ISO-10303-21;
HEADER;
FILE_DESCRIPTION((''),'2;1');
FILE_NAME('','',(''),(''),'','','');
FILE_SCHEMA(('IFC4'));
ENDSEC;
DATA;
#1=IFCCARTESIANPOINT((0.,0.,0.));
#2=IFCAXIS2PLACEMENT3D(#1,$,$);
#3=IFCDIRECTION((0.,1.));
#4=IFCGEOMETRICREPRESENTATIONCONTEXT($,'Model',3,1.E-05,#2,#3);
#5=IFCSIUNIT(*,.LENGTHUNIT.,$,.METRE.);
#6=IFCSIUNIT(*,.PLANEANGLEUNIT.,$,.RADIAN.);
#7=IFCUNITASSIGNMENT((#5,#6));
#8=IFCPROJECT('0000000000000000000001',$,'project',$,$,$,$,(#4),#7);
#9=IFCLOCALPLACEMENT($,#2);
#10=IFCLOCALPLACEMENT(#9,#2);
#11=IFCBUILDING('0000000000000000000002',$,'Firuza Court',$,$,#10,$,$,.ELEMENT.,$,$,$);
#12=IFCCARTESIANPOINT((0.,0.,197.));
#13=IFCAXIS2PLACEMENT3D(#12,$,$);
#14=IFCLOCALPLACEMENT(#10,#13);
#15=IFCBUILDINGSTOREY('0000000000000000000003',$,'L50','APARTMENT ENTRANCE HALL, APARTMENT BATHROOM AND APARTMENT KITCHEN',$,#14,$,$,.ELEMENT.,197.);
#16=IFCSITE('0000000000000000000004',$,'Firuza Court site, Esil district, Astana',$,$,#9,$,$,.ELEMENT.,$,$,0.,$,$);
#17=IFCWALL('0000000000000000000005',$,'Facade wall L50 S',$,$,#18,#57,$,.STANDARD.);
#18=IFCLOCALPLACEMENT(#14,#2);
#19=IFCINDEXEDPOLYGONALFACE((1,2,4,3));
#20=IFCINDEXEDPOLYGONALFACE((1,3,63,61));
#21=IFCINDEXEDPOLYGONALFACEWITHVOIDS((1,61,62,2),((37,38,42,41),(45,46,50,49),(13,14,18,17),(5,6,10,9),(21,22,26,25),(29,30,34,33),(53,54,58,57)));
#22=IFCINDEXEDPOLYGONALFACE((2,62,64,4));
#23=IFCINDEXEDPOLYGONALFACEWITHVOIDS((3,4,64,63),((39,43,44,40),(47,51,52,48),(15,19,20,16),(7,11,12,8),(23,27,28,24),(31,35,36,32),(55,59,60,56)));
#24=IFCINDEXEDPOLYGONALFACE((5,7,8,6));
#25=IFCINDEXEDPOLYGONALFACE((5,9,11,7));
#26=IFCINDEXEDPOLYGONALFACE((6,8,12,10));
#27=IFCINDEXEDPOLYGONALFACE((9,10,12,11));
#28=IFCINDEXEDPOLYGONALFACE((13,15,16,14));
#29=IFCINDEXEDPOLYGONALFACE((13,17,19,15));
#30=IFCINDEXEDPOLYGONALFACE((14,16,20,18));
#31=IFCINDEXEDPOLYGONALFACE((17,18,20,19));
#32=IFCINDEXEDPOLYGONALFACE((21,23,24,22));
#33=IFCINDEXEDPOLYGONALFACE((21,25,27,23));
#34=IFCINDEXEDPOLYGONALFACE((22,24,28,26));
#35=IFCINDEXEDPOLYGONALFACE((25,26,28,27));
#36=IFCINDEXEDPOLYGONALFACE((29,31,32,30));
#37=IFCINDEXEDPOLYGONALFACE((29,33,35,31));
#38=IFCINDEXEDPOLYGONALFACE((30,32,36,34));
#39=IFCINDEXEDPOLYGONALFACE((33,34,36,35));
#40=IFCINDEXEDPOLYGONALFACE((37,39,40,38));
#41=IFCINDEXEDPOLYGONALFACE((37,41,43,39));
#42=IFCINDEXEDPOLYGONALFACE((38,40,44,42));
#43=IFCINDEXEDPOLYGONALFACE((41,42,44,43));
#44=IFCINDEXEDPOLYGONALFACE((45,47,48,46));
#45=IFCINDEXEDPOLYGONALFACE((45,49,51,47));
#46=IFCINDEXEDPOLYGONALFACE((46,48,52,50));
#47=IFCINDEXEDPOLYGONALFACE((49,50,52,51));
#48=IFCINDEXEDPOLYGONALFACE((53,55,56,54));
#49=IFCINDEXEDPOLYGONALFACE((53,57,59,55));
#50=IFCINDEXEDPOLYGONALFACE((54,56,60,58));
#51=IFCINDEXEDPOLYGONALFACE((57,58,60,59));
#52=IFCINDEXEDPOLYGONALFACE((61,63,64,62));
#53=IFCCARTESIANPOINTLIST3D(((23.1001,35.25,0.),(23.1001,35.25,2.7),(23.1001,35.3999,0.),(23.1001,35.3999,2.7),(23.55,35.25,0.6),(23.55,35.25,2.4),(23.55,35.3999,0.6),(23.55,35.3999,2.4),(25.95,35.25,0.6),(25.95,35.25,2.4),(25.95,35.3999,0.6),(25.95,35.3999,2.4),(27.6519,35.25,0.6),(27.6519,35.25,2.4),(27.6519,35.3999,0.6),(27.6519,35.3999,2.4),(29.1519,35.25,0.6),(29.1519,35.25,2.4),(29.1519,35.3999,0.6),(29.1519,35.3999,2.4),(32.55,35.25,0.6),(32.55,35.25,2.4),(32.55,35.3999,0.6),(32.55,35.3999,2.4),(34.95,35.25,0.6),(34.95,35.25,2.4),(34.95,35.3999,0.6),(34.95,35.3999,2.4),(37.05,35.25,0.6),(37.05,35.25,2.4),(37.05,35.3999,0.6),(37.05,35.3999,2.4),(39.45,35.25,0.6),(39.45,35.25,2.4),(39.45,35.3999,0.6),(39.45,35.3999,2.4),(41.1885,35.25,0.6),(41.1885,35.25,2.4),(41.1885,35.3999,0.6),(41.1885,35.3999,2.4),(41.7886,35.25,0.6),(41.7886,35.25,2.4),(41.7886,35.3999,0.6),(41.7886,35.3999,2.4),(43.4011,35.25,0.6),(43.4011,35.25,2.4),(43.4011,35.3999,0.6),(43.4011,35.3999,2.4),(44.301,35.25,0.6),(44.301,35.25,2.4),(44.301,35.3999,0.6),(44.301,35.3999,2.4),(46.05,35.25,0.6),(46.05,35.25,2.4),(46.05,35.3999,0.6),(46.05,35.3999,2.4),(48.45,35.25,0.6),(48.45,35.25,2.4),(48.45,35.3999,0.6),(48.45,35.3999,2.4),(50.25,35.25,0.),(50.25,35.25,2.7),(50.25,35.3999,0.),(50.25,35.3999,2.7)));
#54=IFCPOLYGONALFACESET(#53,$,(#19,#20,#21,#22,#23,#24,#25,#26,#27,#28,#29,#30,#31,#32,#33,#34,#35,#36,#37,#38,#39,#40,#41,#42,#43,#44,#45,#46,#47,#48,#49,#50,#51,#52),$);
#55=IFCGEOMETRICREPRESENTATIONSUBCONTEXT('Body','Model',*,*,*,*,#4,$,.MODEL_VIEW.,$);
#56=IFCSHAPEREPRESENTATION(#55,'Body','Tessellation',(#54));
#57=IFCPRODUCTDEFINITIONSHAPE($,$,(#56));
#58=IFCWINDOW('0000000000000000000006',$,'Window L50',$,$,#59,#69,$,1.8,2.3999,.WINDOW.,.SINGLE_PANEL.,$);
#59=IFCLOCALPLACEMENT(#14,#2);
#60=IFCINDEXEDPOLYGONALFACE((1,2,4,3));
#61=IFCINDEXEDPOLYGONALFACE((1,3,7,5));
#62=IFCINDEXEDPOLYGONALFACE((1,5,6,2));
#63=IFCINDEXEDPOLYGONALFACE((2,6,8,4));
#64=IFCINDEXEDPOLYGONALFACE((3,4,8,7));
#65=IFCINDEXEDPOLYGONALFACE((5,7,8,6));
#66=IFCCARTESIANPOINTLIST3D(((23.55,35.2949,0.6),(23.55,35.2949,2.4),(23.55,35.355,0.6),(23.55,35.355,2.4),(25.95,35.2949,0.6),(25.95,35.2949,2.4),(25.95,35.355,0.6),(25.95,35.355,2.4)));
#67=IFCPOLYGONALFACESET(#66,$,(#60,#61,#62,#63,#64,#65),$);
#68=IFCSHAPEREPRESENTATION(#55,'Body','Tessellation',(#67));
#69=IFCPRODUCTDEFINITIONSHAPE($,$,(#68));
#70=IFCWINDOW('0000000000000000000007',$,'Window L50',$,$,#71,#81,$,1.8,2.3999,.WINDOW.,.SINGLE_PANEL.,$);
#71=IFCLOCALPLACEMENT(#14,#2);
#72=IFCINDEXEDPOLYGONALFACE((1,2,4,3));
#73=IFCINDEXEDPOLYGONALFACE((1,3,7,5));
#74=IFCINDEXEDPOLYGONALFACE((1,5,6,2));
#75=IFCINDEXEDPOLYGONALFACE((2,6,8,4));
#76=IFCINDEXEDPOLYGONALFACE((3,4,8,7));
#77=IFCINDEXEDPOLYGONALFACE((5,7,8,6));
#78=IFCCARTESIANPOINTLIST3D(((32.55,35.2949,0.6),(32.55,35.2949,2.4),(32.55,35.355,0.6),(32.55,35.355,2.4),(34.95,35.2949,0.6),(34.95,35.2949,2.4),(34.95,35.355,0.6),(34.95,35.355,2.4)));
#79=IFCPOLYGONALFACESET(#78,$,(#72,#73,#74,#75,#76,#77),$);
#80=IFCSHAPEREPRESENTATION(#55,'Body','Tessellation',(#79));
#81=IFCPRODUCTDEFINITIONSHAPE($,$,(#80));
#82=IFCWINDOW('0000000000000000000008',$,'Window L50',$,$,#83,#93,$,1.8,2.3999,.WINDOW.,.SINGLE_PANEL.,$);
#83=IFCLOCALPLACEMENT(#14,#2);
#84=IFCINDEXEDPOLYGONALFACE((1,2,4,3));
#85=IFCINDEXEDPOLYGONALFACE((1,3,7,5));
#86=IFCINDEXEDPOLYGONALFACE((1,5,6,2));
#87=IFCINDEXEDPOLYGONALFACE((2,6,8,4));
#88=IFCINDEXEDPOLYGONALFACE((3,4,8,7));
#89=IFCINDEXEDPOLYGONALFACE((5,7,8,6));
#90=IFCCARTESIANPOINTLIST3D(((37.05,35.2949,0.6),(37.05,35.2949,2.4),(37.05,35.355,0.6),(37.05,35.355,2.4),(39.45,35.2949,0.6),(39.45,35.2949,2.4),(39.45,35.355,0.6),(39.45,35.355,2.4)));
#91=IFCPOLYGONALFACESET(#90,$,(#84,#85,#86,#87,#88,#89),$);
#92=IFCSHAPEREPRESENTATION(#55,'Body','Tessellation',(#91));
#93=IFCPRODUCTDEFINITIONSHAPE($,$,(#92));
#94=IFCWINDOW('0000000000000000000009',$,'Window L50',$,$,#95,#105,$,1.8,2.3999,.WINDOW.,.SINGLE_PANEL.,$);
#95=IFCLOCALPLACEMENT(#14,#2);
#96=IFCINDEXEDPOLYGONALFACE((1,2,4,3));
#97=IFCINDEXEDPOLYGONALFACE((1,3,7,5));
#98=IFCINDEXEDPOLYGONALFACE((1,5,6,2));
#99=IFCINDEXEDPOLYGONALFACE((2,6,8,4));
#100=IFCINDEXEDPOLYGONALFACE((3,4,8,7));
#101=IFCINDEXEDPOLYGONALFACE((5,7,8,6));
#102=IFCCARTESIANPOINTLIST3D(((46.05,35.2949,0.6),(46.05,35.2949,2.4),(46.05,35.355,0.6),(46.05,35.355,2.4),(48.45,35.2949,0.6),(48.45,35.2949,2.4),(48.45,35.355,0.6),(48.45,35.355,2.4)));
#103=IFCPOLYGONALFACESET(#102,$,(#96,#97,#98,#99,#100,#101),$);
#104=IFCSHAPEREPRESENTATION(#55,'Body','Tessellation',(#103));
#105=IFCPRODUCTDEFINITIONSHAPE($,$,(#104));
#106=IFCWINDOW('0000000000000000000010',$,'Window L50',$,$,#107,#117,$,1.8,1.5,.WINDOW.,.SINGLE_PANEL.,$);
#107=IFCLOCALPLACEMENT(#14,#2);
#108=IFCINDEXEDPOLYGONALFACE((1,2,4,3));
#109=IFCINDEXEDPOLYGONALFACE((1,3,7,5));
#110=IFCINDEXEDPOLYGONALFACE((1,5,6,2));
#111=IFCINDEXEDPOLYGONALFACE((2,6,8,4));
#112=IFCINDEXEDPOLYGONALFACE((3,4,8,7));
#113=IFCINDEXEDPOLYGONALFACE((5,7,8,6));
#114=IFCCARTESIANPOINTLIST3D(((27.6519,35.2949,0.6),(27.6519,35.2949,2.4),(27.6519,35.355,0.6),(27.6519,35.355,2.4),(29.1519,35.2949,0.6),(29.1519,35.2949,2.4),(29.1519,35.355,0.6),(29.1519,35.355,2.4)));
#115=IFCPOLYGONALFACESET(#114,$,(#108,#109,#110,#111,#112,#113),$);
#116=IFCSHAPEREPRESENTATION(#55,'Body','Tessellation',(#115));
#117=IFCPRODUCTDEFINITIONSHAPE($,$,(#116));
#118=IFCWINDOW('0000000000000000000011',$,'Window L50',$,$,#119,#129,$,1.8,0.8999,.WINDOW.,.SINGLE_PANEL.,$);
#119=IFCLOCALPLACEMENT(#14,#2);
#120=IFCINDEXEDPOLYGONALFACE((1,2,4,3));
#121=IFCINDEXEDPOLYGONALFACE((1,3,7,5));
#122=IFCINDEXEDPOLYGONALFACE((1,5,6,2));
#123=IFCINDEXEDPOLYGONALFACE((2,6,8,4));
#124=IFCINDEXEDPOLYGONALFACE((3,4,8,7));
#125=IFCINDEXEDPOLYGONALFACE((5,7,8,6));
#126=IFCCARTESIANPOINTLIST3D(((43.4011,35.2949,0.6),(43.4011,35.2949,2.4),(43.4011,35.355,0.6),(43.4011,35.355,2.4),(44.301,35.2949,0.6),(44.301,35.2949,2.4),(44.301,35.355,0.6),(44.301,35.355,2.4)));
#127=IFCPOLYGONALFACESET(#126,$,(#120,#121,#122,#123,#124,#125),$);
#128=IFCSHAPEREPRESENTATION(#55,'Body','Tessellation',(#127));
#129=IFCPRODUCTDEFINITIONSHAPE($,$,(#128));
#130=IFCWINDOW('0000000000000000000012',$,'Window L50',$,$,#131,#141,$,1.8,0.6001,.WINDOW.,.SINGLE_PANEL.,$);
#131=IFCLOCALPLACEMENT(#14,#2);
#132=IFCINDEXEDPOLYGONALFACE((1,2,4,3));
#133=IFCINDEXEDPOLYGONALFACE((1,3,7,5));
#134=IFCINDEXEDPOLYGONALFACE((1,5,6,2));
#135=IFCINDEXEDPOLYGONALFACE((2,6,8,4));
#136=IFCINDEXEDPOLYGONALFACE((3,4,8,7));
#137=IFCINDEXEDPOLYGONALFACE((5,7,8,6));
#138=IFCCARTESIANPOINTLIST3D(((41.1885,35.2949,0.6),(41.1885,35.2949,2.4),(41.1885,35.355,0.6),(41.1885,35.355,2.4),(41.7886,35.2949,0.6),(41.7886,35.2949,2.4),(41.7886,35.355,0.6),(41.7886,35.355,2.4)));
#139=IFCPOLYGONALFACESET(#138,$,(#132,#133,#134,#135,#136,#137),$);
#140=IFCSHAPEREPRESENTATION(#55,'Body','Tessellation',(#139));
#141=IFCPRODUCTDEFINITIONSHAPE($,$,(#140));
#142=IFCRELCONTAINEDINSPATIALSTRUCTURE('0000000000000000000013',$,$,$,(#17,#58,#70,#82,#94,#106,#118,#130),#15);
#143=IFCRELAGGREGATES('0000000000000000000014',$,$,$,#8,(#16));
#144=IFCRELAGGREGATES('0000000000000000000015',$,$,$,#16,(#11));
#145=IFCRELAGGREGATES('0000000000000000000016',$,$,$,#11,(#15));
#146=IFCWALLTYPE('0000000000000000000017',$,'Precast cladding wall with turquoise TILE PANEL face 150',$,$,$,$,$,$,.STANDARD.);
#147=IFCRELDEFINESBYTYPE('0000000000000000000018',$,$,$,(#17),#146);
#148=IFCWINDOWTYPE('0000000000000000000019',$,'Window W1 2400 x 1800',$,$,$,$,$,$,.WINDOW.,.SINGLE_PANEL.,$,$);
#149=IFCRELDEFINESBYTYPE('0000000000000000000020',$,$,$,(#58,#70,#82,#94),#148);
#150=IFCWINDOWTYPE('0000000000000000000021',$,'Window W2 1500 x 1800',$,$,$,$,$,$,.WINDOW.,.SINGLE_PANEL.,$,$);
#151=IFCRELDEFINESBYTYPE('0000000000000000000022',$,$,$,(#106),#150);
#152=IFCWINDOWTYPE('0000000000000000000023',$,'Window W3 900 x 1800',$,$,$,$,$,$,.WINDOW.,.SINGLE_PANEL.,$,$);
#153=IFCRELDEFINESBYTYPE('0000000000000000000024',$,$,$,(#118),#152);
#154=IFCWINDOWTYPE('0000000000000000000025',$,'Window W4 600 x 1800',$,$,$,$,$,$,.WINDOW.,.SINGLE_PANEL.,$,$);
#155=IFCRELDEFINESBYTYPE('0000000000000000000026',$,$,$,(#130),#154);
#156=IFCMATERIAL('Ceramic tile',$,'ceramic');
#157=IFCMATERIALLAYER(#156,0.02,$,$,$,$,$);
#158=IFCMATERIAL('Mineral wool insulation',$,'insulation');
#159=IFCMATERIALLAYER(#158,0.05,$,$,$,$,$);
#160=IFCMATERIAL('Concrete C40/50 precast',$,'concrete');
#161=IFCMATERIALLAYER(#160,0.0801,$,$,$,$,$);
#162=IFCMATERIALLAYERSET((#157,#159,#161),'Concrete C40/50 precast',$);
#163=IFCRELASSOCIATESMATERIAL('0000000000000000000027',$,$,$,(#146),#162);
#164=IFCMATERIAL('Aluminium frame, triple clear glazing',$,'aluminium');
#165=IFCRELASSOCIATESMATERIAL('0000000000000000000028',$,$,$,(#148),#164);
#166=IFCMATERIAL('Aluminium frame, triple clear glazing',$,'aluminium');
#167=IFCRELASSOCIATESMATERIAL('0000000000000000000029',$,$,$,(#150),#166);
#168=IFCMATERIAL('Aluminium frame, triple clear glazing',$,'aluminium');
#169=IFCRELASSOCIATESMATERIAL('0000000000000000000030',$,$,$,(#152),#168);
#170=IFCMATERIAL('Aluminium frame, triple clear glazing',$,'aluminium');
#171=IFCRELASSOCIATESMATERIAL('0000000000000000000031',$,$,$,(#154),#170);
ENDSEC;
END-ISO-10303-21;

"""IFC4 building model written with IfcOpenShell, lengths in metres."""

from ifc_helpers import new_model, si_unit, direction, frame, frame_2d, origin, place, context, subcontext, project, spatial, rectangle, extrude, material, layer, layer_set, type_object, element, fill, save


model = new_model("IFC4")

# Units and contexts
model_context = context("Model", 3, precision=1e-05, world=origin(), true_north=direction((0.0, 1.0)))
body_context = subcontext(model_context, "Body", "Model", "MODEL_VIEW")
ifc_project = project(units=[si_unit("LENGTHUNIT", "METRE"), si_unit("PLANEANGLEUNIT", "RADIAN")], contexts=[model_context])

# Site, building, storey
site_placement = place(None, origin())
site = spatial("IfcSite", under=ifc_project, at=site_placement, Name="Firuza Court site, Esil district, Astana", CompositionType="ELEMENT", RefElevation=0.0)
building_placement = place(site_placement, origin())
building = spatial("IfcBuilding", under=site, at=building_placement, Name="Firuza Court", CompositionType="ELEMENT")
storey_placement = place(building_placement, frame((0.0, 0.0, 197.0)))
storey = spatial("IfcBuildingStorey", under=building, at=storey_placement, Name="L50", Description="APARTMENT ENTRANCE HALL, APARTMENT BATHROOM AND APARTMENT KITCHEN", CompositionType="ELEMENT", Elevation=197.0)

# Wall, openings, windows
ifc_material_1 = material(Name="Ceramic tile", Category="ceramic")
ifc_layer_1 = layer(ifc_material_1, 0.02)
ifc_material_2 = material(Name="Mineral wool insulation", Category="insulation")
ifc_layer_2 = layer(ifc_material_2, 0.05)
ifc_material_3 = material(Name="Concrete C40/50 precast", Category="concrete")
ifc_layer_3 = layer(ifc_material_3, 0.0801)
ifc_layer_set_1 = layer_set([ifc_layer_1, ifc_layer_2, ifc_layer_3], Name="Concrete C40/50 precast")
wall_type_1 = type_object("IfcWallType", Name="Precast cladding wall with turquoise TILE PANEL face 150", PredefinedType="STANDARD", material=ifc_layer_set_1)
ifc_material_4 = material(Name="Aluminium frame, triple clear glazing", Category="aluminium")
window_type_1 = type_object("IfcWindowType", Name="Window W1 2400 x 1800", PartitioningType="SINGLE_PANEL", PredefinedType="WINDOW", material=ifc_material_4)
wall_1_placement = place(storey_placement, frame((23.1001, 35.325, 0.0), z_axis=(0.0, 0.0, 1.0), x_axis=(1.0, 0.0, 0.0)))
wall_1 = element("IfcWall", 1, at=wall_1_placement, inside=storey, type_object=wall_type_1, Name="Facade wall L50 S", PredefinedType="STANDARD", context=body_context, shape_type="SweptSolid", body=[
    extrude(rectangle(XDim=27.1499, YDim=0.1499, at=frame_2d((13.575, 0.0))), origin(), (0.0, 0.0, 1.0), 2.7),
])
opening_1_placement = place(wall_1_placement, frame((0.45, 0.0, 0.6001)))
opening_1 = element("IfcOpeningElement", 2, at=opening_1_placement, cuts=wall_1, PredefinedType="OPENING", context=body_context, shape_type="SweptSolid", body=[
    extrude(rectangle(XDim=2.3999, YDim=1.8, at=frame_2d((1.2, 0.8999))), frame((0.0, 0.0869, 0.0), z_axis=(0.0, -1.0, 0.0), x_axis=(1.0, 0.0, 0.0)), (0.0, 0.0, 1.0), 0.1738),
])
opening_2_placement = place(wall_1_placement, frame((4.5518, 0.0, 0.6001)))
opening_2 = element("IfcOpeningElement", 3, at=opening_2_placement, cuts=wall_1, PredefinedType="OPENING", context=body_context, shape_type="SweptSolid", body=[
    extrude(rectangle(XDim=1.5, YDim=1.8, at=frame_2d((0.75, 0.8999))), frame((0.0, 0.0869, 0.0), z_axis=(0.0, -1.0, 0.0), x_axis=(1.0, 0.0, 0.0)), (0.0, 0.0, 1.0), 0.1738),
])
opening_3_placement = place(wall_1_placement, frame((9.45, 0.0, 0.6001)))
opening_3 = element("IfcOpeningElement", 4, at=opening_3_placement, cuts=wall_1, PredefinedType="OPENING", context=body_context, shape_type="SweptSolid", body=[
    extrude(rectangle(XDim=2.3999, YDim=1.8, at=frame_2d((1.2, 0.8999))), frame((0.0, 0.0869, 0.0), z_axis=(0.0, -1.0, 0.0), x_axis=(1.0, 0.0, 0.0)), (0.0, 0.0, 1.0), 0.1738),
])
opening_4_placement = place(wall_1_placement, frame((13.95, 0.0, 0.6001)))
opening_4 = element("IfcOpeningElement", 5, at=opening_4_placement, cuts=wall_1, PredefinedType="OPENING", context=body_context, shape_type="SweptSolid", body=[
    extrude(rectangle(XDim=2.3999, YDim=1.8, at=frame_2d((1.2, 0.8999))), frame((0.0, 0.0869, 0.0), z_axis=(0.0, -1.0, 0.0), x_axis=(1.0, 0.0, 0.0)), (0.0, 0.0, 1.0), 0.1738),
])
opening_5_placement = place(wall_1_placement, frame((18.0884, 0.0, 0.6001)))
opening_5 = element("IfcOpeningElement", 6, at=opening_5_placement, cuts=wall_1, PredefinedType="OPENING", context=body_context, shape_type="SweptSolid", body=[
    extrude(rectangle(XDim=0.6001, YDim=1.8, at=frame_2d((0.3, 0.8999))), frame((0.0, 0.0869, 0.0), z_axis=(0.0, -1.0, 0.0), x_axis=(1.0, 0.0, 0.0)), (0.0, 0.0, 1.0), 0.1738),
])
opening_6_placement = place(wall_1_placement, frame((20.301, 0.0, 0.6001)))
opening_6 = element("IfcOpeningElement", 7, at=opening_6_placement, cuts=wall_1, PredefinedType="OPENING", context=body_context, shape_type="SweptSolid", body=[
    extrude(rectangle(XDim=0.8999, YDim=1.8, at=frame_2d((0.45, 0.8999))), frame((0.0, 0.0869, 0.0), z_axis=(0.0, -1.0, 0.0), x_axis=(1.0, 0.0, 0.0)), (0.0, 0.0, 1.0), 0.1738),
])
opening_7_placement = place(wall_1_placement, frame((22.95, 0.0, 0.6001)))
opening_7 = element("IfcOpeningElement", 8, at=opening_7_placement, cuts=wall_1, PredefinedType="OPENING", context=body_context, shape_type="SweptSolid", body=[
    extrude(rectangle(XDim=2.3999, YDim=1.8, at=frame_2d((1.2, 0.8999))), frame((0.0, 0.0869, 0.0), z_axis=(0.0, -1.0, 0.0), x_axis=(1.0, 0.0, 0.0)), (0.0, 0.0, 1.0), 0.1738),
])
window_1_placement = place(opening_1_placement, origin())
window_1 = element("IfcWindow", 9, at=window_1_placement, inside=storey, type_object=window_type_1, Name="Window L50", OverallHeight=1.8, OverallWidth=2.3999, PartitioningType="SINGLE_PANEL", PredefinedType="WINDOW", context=body_context, shape_type="SweptSolid", body=[
    extrude(rectangle(XDim=2.3999, YDim=1.8, at=frame_2d((1.2, 0.8999))), frame((0.0, 0.03, 0.0), z_axis=(0.0, -1.0, 0.0), x_axis=(1.0, 0.0, 0.0)), (0.0, 0.0, 1.0), 0.0601),
])
fill(opening_1, window_1)
window_2_placement = place(opening_3_placement, origin())
window_2 = element("IfcWindow", 10, at=window_2_placement, inside=storey, type_object=window_type_1, Name="Window L50", OverallHeight=1.8, OverallWidth=2.3999, PartitioningType="SINGLE_PANEL", PredefinedType="WINDOW", context=body_context, shape_type="SweptSolid", body=[
    extrude(rectangle(XDim=2.3999, YDim=1.8, at=frame_2d((1.2, 0.8999))), frame((0.0, 0.03, 0.0), z_axis=(0.0, -1.0, 0.0), x_axis=(1.0, 0.0, 0.0)), (0.0, 0.0, 1.0), 0.0601),
])
fill(opening_3, window_2)
window_3_placement = place(opening_4_placement, origin())
window_3 = element("IfcWindow", 11, at=window_3_placement, inside=storey, type_object=window_type_1, Name="Window L50", OverallHeight=1.8, OverallWidth=2.3999, PartitioningType="SINGLE_PANEL", PredefinedType="WINDOW", context=body_context, shape_type="SweptSolid", body=[
    extrude(rectangle(XDim=2.3999, YDim=1.8, at=frame_2d((1.2, 0.8999))), frame((0.0, 0.03, 0.0), z_axis=(0.0, -1.0, 0.0), x_axis=(1.0, 0.0, 0.0)), (0.0, 0.0, 1.0), 0.0601),
])
fill(opening_4, window_3)
window_4_placement = place(opening_7_placement, origin())
window_4 = element("IfcWindow", 12, at=window_4_placement, inside=storey, type_object=window_type_1, Name="Window L50", OverallHeight=1.8, OverallWidth=2.3999, PartitioningType="SINGLE_PANEL", PredefinedType="WINDOW", context=body_context, shape_type="SweptSolid", body=[
    extrude(rectangle(XDim=2.3999, YDim=1.8, at=frame_2d((1.2, 0.8999))), frame((0.0, 0.03, 0.0), z_axis=(0.0, -1.0, 0.0), x_axis=(1.0, 0.0, 0.0)), (0.0, 0.0, 1.0), 0.0601),
])
fill(opening_7, window_4)
ifc_material_5 = material(Name="Aluminium frame, triple clear glazing", Category="aluminium")
window_type_2 = type_object("IfcWindowType", Name="Window W2 1500 x 1800", PartitioningType="SINGLE_PANEL", PredefinedType="WINDOW", material=ifc_material_5)
window_5_placement = place(opening_2_placement, origin())
window_5 = element("IfcWindow", 13, at=window_5_placement, inside=storey, type_object=window_type_2, Name="Window L50", OverallHeight=1.8, OverallWidth=1.5, PartitioningType="SINGLE_PANEL", PredefinedType="WINDOW", context=body_context, shape_type="SweptSolid", body=[
    extrude(rectangle(XDim=1.5, YDim=1.8, at=frame_2d((0.75, 0.8999))), frame((0.0, 0.03, 0.0), z_axis=(0.0, -1.0, 0.0), x_axis=(1.0, 0.0, 0.0)), (0.0, 0.0, 1.0), 0.0601),
])
fill(opening_2, window_5)
ifc_material_6 = material(Name="Aluminium frame, triple clear glazing", Category="aluminium")
window_type_3 = type_object("IfcWindowType", Name="Window W3 900 x 1800", PartitioningType="SINGLE_PANEL", PredefinedType="WINDOW", material=ifc_material_6)
window_6_placement = place(opening_6_placement, origin())
window_6 = element("IfcWindow", 14, at=window_6_placement, inside=storey, type_object=window_type_3, Name="Window L50", OverallHeight=1.8, OverallWidth=0.8999, PartitioningType="SINGLE_PANEL", PredefinedType="WINDOW", context=body_context, shape_type="SweptSolid", body=[
    extrude(rectangle(XDim=0.8999, YDim=1.8, at=frame_2d((0.45, 0.8999))), frame((0.0, 0.03, 0.0), z_axis=(0.0, -1.0, 0.0), x_axis=(1.0, 0.0, 0.0)), (0.0, 0.0, 1.0), 0.0601),
])
fill(opening_6, window_6)
ifc_material_7 = material(Name="Aluminium frame, triple clear glazing", Category="aluminium")
window_type_4 = type_object("IfcWindowType", Name="Window W4 600 x 1800", PartitioningType="SINGLE_PANEL", PredefinedType="WINDOW", material=ifc_material_7)
window_7_placement = place(opening_5_placement, origin())
window_7 = element("IfcWindow", 15, at=window_7_placement, inside=storey, type_object=window_type_4, Name="Window L50", OverallHeight=1.8, OverallWidth=0.6001, PartitioningType="SINGLE_PANEL", PredefinedType="WINDOW", context=body_context, shape_type="SweptSolid", body=[
    extrude(rectangle(XDim=0.6001, YDim=1.8, at=frame_2d((0.3, 0.8999))), frame((0.0, 0.03, 0.0), z_axis=(0.0, -1.0, 0.0), x_axis=(1.0, 0.0, 0.0)), (0.0, 0.0, 1.0), 0.0601),
])
fill(opening_5, window_7)

save(model, "model.ifc")
